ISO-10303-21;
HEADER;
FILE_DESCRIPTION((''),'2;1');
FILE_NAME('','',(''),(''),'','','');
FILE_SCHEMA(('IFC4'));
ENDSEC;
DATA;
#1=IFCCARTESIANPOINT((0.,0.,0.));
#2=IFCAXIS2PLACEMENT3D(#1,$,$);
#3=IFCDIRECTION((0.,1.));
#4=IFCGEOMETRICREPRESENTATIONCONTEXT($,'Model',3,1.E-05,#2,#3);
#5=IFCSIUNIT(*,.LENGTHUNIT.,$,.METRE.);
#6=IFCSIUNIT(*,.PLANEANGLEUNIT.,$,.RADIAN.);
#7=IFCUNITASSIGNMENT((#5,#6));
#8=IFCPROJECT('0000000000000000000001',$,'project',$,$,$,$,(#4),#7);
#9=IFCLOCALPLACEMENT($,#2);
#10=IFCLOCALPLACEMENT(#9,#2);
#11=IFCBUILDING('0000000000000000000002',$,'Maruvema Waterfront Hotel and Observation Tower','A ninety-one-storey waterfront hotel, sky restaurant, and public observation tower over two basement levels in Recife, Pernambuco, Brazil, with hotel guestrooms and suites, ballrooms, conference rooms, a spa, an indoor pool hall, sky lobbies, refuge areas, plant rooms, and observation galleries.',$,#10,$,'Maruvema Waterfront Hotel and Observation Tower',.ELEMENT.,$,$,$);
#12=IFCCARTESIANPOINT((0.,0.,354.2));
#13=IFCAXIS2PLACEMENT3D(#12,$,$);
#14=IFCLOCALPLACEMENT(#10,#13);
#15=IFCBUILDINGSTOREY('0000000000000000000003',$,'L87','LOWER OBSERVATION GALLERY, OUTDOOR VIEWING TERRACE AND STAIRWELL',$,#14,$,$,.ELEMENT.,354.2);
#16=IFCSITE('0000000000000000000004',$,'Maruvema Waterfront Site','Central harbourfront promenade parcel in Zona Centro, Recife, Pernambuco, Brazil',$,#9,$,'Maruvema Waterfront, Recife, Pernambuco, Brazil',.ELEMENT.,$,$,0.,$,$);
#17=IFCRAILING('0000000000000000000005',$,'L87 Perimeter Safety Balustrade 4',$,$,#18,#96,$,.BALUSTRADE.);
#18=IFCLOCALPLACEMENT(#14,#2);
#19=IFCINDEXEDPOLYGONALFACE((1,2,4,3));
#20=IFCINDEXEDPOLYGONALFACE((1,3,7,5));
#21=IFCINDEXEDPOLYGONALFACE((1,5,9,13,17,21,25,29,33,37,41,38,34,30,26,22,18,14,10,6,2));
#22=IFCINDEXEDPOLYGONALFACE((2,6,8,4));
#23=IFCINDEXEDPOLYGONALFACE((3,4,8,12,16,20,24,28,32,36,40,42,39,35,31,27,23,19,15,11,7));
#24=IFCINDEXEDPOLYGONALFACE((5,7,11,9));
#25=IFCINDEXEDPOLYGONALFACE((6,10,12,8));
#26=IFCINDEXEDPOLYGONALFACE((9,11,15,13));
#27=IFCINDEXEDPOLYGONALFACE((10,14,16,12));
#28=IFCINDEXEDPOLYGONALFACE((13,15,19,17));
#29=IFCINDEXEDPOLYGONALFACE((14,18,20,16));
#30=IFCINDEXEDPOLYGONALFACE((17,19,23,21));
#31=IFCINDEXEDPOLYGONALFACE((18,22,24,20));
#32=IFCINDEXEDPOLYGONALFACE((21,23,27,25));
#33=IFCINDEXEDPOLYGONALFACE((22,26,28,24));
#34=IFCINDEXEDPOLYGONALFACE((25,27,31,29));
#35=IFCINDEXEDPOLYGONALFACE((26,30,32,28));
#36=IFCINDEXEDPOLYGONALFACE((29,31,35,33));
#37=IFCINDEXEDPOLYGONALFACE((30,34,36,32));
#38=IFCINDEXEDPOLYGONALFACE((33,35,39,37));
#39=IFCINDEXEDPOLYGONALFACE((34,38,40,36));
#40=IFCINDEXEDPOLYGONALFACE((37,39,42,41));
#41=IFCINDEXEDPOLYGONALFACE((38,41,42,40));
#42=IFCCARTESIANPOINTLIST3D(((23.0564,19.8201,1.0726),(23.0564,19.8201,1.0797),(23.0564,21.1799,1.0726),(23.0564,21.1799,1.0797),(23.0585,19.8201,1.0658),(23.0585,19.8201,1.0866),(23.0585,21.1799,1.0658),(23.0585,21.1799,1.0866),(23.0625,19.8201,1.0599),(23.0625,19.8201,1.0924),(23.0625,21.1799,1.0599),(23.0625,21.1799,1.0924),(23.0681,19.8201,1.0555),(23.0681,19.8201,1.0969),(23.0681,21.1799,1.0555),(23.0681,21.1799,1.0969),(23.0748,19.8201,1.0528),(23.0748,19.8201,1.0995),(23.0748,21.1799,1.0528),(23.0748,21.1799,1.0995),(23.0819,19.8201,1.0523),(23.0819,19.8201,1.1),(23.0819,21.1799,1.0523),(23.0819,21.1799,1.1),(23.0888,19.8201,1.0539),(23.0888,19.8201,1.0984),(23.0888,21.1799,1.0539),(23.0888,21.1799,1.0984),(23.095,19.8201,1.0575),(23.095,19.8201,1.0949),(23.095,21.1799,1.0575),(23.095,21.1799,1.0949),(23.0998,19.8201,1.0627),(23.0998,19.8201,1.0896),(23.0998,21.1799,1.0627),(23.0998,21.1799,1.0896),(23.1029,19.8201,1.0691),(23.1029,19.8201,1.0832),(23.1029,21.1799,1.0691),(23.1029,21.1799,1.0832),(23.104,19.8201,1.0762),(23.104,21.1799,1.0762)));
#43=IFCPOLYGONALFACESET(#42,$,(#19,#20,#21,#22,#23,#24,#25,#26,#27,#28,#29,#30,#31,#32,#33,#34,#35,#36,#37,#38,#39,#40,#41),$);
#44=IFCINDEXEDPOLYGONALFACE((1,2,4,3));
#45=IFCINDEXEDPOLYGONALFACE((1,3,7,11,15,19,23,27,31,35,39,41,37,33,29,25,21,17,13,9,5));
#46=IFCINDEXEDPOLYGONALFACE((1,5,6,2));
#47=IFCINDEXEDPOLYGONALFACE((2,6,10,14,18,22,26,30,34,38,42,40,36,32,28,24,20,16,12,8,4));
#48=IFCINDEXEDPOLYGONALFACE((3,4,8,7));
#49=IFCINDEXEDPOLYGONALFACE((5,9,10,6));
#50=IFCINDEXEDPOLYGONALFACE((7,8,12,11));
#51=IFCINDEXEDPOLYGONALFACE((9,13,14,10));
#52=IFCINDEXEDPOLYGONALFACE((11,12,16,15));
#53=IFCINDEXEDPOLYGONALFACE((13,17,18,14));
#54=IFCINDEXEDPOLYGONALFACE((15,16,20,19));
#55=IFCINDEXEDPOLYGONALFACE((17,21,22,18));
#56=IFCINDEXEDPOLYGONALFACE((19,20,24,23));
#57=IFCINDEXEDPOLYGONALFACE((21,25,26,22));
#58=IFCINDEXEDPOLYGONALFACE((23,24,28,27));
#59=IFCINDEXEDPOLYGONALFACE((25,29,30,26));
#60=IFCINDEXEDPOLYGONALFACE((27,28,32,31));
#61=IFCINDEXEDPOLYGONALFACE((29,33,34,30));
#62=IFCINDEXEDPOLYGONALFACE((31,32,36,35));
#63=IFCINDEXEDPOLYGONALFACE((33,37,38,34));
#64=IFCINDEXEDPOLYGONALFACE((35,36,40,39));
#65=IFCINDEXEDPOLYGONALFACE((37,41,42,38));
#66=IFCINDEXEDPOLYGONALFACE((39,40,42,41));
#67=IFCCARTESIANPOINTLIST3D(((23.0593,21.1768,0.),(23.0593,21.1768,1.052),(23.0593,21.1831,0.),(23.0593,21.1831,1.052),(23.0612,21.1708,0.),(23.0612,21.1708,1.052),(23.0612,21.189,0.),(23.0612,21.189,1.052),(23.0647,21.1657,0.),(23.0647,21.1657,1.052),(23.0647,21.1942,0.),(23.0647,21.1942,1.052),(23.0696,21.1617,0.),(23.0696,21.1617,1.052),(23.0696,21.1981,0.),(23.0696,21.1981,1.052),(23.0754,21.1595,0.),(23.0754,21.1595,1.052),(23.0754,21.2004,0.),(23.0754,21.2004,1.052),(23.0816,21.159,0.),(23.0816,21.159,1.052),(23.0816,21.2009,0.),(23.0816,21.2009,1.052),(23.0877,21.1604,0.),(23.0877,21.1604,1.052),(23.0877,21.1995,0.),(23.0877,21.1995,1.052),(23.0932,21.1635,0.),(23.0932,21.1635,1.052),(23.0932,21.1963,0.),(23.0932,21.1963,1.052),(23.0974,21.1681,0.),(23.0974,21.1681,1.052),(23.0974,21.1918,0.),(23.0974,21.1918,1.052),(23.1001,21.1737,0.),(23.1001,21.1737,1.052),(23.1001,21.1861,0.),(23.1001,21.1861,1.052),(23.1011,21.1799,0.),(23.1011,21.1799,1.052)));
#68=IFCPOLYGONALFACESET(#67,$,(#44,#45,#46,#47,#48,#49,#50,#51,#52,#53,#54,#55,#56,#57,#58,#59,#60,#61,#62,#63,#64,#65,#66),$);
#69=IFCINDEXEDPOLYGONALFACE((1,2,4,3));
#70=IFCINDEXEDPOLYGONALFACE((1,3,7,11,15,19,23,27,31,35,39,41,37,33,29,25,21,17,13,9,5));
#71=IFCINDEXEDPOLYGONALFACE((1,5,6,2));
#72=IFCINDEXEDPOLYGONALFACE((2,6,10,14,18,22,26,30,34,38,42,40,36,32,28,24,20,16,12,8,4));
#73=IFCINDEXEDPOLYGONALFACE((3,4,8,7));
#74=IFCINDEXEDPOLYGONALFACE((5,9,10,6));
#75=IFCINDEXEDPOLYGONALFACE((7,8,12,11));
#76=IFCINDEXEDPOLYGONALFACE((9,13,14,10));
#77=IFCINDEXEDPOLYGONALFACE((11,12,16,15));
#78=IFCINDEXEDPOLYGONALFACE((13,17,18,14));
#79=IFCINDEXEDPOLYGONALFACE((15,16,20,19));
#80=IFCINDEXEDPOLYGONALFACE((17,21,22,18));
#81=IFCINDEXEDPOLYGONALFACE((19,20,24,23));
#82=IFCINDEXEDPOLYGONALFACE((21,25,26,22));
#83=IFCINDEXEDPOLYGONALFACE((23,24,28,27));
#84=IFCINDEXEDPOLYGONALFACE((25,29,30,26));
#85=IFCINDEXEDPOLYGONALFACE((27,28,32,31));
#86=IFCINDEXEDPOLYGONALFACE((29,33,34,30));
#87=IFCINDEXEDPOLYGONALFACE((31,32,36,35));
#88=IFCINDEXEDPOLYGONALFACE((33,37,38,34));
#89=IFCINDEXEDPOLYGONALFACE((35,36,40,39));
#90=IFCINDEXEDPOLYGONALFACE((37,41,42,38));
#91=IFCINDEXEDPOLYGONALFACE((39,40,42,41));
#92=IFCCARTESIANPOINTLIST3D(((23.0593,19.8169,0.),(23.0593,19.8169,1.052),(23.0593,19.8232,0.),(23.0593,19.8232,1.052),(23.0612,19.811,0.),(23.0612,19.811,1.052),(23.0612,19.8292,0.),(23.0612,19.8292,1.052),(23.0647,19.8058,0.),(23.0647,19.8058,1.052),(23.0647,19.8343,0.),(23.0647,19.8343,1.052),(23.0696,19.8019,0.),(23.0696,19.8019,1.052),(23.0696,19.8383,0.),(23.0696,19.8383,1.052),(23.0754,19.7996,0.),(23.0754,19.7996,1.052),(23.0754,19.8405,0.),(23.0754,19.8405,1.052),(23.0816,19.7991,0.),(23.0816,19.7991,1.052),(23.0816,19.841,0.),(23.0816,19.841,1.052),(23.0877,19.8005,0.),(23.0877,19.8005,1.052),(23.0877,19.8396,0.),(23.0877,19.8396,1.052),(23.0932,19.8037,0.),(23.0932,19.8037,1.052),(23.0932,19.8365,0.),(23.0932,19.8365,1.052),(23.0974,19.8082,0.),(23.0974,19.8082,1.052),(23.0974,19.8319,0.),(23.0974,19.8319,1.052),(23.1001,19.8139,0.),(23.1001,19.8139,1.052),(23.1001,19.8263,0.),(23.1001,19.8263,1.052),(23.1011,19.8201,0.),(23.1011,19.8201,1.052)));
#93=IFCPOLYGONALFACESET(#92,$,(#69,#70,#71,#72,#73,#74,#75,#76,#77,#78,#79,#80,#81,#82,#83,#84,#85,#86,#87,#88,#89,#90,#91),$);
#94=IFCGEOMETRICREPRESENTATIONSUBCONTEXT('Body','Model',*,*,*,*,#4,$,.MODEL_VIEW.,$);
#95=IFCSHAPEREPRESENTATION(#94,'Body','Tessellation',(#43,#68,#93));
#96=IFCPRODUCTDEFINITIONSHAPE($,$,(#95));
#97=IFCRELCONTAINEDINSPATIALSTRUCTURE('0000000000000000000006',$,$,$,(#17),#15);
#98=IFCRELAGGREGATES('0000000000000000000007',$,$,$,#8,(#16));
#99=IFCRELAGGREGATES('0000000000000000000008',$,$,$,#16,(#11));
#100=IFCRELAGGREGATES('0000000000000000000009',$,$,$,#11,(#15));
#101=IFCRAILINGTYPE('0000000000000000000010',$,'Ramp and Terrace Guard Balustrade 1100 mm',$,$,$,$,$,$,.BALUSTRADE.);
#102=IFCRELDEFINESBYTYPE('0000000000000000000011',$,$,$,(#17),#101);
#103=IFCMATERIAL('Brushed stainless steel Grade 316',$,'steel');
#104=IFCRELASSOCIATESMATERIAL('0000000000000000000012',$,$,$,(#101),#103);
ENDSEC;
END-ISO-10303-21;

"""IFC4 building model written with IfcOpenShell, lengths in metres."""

from ifc_helpers import new_model, si_unit, direction, frame, origin, origin_2d, place, context, subcontext, project, spatial, circle, extrude, material, type_object, element, save


model = new_model("IFC4")

# Units and contexts
model_context = context("Model", 3, precision=1e-05, world=origin(), true_north=direction((0.0, 1.0)))
body_context = subcontext(model_context, "Body", "Model", "MODEL_VIEW")
ifc_project = project(units=[si_unit("LENGTHUNIT", "METRE"), si_unit("PLANEANGLEUNIT", "RADIAN")], contexts=[model_context])

# Site, building, storey
site_placement = place(None, origin())
site = spatial("IfcSite", under=ifc_project, at=site_placement, Name="Maruvema Waterfront Site", Description="Central harbourfront promenade parcel in Zona Centro, Recife, Pernambuco, Brazil", LongName="Maruvema Waterfront, Recife, Pernambuco, Brazil", CompositionType="ELEMENT", RefElevation=0.0)
building_placement = place(site_placement, origin())
building = spatial("IfcBuilding", under=site, at=building_placement, Name="Maruvema Waterfront Hotel and Observation Tower", Description="A ninety-one-storey waterfront hotel, sky restaurant, and public observation tower over two basement levels in Recife, Pernambuco, Brazil, with hotel guestrooms and suites, ballrooms, conference rooms, a spa, an indoor pool hall, sky lobbies, refuge areas, plant rooms, and observation galleries.", LongName="Maruvema Waterfront Hotel and Observation Tower", CompositionType="ELEMENT")
storey_placement = place(building_placement, frame((0.0, 0.0, 354.2)))
storey = spatial("IfcBuildingStorey", under=building, at=storey_placement, Name="L87", Description="LOWER OBSERVATION GALLERY, OUTDOOR VIEWING TERRACE AND STAIRWELL", CompositionType="ELEMENT", Elevation=354.2)

# Railing
ifc_material_1 = material(Name="Brushed stainless steel Grade 316", Category="steel")
railing_type = type_object("IfcRailingType", Name="Ramp and Terrace Guard Balustrade 1100 mm", PredefinedType="BALUSTRADE", material=ifc_material_1)
railing_1_placement = place(storey_placement, frame((23.0801, 21.1799, 0.0)))
element("IfcRailing", 1, at=railing_1_placement, inside=storey, type_object=railing_type, Name="L87 Perimeter Safety Balustrade 4", PredefinedType="BALUSTRADE", context=body_context, shape_type="SweptSolid", body=[
    extrude(circle(Radius=0.0239, at=origin_2d()), frame((0.0, 0.0, 1.0762), z_axis=(0.0, -1.0, 0.0), x_axis=(1.0, 0.0, 0.0)), (0.0, 0.0, 1.0), 1.3599),
    extrude(circle(Radius=0.021, at=origin_2d()), origin(), (0.0, 0.0, 1.0), 1.052),
    extrude(circle(Radius=0.021, at=origin_2d()), frame((0.0, -1.3599, 0.0)), (0.0, 0.0, 1.0), 1.052),
])

save(model, "model.ifc")
